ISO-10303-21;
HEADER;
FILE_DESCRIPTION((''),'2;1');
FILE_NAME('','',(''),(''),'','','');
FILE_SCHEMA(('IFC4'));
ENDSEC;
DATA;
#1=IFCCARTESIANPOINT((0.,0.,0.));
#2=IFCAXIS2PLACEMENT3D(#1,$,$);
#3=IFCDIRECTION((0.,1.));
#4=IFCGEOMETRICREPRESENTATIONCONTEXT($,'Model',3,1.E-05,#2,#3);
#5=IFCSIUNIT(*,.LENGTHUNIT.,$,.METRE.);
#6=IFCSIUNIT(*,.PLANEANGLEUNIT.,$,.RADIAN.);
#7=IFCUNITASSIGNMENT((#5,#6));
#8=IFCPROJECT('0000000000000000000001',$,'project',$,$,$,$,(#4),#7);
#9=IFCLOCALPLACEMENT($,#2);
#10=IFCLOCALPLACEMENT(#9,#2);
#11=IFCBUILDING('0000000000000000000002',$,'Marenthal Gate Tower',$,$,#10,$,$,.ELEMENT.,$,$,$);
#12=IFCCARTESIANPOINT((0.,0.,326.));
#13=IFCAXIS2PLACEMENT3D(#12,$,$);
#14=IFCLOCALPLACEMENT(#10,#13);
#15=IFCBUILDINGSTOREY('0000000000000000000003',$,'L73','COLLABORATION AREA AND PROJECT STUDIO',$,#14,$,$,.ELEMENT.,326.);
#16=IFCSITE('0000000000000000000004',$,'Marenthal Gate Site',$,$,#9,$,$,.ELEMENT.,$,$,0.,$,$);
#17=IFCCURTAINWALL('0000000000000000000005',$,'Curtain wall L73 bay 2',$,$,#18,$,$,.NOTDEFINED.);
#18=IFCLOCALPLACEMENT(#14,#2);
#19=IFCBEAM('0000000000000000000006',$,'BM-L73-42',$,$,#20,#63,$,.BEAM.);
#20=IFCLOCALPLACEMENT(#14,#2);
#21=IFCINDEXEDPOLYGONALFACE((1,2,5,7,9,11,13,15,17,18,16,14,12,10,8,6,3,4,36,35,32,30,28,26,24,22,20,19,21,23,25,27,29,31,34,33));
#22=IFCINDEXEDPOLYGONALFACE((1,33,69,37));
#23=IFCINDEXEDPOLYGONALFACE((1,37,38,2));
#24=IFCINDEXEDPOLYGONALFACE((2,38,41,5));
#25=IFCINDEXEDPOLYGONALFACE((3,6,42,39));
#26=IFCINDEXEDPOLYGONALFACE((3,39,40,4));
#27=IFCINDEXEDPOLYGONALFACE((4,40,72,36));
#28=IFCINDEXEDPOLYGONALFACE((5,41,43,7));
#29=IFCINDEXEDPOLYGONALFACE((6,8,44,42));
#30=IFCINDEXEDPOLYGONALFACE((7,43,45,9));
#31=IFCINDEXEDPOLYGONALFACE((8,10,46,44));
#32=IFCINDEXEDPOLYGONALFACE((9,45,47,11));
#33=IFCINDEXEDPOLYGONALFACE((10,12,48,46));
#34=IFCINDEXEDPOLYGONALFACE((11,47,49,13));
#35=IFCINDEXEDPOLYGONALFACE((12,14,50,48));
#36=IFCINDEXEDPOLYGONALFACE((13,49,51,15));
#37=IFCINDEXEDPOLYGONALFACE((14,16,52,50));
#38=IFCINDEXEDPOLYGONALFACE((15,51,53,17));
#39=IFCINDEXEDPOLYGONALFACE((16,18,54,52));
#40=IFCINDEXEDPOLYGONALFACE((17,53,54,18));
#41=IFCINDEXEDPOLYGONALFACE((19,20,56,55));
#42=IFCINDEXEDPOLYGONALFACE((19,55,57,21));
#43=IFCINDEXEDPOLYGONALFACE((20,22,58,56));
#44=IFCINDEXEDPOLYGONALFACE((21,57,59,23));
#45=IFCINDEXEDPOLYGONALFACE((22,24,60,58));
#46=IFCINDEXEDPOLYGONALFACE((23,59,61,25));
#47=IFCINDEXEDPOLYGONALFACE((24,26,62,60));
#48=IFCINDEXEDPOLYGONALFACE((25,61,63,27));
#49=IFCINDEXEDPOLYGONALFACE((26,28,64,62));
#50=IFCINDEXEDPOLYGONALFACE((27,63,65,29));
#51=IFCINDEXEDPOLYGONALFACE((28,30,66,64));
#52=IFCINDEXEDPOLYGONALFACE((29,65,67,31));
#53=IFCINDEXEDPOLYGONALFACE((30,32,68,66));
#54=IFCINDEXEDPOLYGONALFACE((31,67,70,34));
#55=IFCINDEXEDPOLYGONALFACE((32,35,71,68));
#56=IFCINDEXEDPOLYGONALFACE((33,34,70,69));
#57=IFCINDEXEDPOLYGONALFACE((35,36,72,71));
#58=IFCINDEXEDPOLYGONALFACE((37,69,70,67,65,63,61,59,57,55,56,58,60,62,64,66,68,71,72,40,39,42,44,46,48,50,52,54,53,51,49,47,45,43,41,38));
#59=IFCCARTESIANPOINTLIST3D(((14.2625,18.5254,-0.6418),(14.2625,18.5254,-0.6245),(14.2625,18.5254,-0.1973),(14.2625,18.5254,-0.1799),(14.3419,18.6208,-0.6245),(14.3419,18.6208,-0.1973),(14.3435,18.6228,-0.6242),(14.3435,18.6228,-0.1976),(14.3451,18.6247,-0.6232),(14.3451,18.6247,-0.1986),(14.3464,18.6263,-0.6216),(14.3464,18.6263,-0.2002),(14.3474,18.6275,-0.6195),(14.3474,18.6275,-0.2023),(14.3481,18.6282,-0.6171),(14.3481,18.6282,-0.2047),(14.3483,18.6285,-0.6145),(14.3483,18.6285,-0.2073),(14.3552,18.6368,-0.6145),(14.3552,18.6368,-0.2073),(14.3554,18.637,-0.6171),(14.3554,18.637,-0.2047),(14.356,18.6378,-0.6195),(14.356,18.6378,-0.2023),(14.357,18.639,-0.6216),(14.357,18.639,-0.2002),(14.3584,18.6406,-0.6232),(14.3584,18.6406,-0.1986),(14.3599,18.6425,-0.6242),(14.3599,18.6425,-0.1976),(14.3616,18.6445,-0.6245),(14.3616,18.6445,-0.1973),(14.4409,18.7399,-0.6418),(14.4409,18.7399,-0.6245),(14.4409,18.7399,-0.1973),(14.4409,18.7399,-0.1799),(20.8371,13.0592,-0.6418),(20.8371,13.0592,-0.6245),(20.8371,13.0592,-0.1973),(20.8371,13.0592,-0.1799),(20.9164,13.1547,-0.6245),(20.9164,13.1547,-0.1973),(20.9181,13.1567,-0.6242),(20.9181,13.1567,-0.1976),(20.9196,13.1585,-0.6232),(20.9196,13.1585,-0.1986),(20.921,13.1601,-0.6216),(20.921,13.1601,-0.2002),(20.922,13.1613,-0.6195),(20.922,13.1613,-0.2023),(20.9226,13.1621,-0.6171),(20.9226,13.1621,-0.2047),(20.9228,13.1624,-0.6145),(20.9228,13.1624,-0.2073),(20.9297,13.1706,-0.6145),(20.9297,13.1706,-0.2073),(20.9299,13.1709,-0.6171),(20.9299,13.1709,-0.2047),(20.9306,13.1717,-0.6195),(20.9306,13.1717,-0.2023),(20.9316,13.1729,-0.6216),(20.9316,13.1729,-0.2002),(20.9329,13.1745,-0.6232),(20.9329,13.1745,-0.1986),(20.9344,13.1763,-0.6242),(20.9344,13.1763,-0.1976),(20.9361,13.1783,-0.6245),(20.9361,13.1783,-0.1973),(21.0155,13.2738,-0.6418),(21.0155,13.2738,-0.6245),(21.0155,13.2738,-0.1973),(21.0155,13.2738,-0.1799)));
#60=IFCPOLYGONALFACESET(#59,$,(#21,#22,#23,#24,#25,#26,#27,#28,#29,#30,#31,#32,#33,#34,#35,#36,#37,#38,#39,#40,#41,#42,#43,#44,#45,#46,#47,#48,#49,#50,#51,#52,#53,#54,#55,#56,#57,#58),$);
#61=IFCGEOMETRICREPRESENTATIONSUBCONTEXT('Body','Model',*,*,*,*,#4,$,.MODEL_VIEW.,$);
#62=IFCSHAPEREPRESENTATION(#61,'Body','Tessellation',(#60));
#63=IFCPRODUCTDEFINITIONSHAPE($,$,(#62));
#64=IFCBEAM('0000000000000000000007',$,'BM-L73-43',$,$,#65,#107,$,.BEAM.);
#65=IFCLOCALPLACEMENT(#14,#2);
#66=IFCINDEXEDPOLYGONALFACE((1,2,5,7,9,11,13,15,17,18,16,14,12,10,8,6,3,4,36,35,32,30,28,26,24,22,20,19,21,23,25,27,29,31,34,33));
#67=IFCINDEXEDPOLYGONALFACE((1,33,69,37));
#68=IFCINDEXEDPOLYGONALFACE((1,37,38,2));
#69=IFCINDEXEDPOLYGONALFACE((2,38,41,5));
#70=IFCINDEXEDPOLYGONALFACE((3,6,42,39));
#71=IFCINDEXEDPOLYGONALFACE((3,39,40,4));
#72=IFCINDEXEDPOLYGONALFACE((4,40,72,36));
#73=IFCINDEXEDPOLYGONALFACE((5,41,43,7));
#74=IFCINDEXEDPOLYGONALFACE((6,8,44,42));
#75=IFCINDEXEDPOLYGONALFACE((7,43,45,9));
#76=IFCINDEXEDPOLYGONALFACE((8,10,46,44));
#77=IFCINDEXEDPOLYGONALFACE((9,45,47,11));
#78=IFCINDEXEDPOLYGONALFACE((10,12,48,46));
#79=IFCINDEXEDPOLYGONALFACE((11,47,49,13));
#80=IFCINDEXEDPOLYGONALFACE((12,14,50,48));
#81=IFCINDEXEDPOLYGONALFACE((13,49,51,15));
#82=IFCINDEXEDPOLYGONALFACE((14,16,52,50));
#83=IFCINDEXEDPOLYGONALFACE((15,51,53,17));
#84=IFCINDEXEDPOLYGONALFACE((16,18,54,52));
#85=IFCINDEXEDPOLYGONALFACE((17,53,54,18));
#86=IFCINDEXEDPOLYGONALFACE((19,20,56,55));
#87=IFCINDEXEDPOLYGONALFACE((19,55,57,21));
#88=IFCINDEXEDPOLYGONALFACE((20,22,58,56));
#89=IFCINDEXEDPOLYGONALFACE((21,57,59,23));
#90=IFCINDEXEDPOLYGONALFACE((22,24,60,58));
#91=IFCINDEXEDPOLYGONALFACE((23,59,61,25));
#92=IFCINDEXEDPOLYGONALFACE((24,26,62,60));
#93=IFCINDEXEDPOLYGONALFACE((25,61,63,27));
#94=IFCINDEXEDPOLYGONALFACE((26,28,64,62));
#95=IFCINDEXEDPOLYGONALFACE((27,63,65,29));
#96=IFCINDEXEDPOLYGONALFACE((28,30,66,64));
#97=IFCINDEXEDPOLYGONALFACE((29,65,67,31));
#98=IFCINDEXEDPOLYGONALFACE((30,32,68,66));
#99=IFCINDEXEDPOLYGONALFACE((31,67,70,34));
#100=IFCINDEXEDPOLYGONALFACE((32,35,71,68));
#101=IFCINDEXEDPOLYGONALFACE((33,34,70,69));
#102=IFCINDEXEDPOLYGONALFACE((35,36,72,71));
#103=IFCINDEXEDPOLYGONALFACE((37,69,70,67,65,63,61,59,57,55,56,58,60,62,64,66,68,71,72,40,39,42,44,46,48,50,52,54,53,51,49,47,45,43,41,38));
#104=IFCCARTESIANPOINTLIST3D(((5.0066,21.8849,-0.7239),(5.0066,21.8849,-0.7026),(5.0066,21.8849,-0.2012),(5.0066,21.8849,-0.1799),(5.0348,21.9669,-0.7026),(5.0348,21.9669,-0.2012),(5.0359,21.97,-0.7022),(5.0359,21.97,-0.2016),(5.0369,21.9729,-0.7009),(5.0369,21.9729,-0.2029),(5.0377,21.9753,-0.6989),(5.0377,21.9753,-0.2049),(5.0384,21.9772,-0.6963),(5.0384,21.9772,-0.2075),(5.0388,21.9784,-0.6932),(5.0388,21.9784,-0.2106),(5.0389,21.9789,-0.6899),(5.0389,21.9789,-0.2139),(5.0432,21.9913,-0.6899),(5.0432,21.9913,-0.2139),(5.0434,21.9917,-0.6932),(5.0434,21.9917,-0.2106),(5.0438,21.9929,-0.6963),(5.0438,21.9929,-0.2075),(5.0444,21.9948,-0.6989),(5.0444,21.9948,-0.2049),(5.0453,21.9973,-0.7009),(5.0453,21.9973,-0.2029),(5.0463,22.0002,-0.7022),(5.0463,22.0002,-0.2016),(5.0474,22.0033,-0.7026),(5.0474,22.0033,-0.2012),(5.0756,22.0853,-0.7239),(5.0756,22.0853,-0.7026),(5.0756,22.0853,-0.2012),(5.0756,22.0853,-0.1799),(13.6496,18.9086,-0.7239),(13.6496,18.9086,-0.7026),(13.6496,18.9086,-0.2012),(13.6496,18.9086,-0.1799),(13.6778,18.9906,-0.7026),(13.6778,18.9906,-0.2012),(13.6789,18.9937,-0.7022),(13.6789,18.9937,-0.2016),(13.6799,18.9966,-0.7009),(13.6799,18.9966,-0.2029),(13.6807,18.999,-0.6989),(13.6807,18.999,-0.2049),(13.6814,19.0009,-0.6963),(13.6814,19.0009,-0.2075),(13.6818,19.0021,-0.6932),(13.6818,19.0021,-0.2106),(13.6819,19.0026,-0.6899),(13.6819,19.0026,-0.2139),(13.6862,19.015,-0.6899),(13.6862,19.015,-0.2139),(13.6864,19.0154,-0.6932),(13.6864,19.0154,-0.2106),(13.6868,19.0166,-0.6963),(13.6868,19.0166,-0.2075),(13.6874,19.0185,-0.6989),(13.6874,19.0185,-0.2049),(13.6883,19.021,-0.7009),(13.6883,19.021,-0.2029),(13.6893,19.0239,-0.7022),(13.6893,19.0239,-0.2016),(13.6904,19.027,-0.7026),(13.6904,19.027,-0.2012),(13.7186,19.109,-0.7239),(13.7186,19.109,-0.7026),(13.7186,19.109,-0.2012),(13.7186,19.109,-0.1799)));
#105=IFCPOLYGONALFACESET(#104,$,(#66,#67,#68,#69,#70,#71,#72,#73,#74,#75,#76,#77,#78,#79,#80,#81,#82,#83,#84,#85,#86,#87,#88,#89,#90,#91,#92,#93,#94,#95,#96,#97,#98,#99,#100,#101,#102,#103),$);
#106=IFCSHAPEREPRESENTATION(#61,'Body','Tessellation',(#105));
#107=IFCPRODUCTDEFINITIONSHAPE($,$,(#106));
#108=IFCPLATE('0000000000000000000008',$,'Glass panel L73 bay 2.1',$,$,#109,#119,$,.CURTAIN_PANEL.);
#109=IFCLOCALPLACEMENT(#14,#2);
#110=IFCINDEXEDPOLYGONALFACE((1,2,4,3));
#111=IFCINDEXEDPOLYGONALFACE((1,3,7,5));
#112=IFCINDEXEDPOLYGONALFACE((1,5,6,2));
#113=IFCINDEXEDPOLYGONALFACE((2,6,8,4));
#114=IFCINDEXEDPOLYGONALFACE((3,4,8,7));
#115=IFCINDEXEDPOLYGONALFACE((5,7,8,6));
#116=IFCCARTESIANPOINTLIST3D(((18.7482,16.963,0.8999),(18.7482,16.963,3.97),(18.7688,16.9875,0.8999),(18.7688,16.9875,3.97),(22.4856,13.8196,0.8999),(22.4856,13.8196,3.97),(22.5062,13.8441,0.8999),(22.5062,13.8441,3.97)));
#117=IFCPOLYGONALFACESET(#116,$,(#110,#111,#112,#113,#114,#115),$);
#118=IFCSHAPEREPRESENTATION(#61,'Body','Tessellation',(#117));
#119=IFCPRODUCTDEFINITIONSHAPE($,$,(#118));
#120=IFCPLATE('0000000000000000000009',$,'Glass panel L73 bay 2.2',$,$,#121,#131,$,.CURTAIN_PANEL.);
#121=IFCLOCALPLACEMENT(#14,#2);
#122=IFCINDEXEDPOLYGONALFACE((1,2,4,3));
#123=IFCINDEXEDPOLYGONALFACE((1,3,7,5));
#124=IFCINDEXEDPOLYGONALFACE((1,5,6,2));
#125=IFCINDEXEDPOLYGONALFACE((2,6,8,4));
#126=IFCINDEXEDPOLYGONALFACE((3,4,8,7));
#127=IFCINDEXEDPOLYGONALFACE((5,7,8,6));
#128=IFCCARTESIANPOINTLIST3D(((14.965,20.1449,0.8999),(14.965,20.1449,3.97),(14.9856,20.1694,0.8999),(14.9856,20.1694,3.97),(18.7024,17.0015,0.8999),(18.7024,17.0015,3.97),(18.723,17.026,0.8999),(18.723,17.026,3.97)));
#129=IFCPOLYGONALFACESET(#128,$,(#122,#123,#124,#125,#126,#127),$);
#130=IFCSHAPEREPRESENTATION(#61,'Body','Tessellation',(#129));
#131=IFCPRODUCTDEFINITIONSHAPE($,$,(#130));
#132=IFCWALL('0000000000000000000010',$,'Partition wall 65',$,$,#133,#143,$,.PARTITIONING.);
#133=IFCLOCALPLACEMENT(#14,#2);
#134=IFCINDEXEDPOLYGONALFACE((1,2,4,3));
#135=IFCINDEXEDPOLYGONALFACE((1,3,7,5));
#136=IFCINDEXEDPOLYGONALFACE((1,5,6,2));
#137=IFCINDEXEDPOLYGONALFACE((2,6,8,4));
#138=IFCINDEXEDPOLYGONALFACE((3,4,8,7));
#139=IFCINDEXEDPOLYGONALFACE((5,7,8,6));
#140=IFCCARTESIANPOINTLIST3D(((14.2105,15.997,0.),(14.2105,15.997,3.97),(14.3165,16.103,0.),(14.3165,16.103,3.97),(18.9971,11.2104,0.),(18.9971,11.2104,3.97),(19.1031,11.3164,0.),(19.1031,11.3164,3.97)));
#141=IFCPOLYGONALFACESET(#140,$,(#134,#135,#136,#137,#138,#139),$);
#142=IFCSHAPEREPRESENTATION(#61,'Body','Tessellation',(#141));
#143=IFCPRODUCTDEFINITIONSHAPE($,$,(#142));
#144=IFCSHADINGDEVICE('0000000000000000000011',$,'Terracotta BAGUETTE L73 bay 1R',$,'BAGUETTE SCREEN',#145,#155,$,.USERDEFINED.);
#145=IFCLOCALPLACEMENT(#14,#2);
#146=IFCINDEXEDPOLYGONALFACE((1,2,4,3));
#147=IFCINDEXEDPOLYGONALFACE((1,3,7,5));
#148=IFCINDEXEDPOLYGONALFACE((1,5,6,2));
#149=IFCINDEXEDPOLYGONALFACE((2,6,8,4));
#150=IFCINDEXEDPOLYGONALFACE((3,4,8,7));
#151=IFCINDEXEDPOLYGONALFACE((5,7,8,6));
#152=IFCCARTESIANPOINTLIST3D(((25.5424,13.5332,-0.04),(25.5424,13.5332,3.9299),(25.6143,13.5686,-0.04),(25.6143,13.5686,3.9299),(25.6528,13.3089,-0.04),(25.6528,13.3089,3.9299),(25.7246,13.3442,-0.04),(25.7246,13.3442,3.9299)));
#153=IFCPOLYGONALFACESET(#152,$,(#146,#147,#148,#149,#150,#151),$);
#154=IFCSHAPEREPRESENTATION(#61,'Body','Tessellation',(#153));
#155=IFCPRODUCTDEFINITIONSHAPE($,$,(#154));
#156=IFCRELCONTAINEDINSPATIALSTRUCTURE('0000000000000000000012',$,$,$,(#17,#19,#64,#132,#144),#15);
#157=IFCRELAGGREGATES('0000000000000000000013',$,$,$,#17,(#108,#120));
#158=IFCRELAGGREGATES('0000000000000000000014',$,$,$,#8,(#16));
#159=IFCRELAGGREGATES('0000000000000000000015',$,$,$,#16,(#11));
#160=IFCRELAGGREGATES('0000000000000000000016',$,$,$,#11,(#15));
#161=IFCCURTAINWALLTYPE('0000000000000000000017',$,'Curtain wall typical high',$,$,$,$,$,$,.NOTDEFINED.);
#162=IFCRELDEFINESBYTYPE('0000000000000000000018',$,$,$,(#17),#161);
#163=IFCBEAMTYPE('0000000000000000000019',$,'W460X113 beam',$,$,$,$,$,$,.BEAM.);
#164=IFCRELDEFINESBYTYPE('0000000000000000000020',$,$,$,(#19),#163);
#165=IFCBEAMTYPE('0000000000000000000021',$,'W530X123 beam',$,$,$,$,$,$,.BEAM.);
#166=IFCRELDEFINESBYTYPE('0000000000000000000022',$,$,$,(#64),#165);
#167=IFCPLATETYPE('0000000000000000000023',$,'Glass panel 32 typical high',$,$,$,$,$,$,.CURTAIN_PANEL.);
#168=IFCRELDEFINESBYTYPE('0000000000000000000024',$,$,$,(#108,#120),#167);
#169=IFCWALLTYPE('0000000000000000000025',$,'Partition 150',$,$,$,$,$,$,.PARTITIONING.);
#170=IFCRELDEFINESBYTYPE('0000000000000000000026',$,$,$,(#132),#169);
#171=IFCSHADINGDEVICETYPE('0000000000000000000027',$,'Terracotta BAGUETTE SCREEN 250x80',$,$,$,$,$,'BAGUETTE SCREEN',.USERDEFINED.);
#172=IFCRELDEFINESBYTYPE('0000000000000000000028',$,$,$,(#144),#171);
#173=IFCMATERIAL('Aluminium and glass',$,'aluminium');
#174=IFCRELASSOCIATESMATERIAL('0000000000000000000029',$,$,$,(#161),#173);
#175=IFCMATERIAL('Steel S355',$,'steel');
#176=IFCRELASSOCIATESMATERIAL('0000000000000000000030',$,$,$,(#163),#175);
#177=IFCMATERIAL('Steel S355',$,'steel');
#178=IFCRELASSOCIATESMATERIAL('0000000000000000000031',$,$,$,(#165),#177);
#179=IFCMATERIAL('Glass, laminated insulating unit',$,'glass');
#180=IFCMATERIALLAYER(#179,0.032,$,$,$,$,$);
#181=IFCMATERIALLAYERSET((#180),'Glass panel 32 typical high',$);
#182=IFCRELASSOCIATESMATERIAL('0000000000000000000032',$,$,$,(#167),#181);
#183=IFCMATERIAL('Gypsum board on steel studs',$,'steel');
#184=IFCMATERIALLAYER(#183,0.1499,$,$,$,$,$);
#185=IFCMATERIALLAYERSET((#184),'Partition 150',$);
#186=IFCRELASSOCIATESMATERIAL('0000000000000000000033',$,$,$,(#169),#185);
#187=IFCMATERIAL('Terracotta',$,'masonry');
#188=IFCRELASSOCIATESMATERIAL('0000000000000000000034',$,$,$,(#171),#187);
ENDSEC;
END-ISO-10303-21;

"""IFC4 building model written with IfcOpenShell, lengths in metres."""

from ifc_helpers import new_model, si_unit, direction, frame, frame_2d, origin, origin_2d, place, context, subcontext, project, spatial, rectangle, i_section, extrude, material, layer, layer_set, material_profile, profile_set, type_object, element, aggregate, save


model = new_model("IFC4")

# Units and contexts
model_context = context("Model", 3, precision=1e-05, world=origin(), true_north=direction((0.0, 1.0)))
body_context = subcontext(model_context, "Body", "Model", "MODEL_VIEW")
ifc_project = project(units=[si_unit("LENGTHUNIT", "METRE"), si_unit("PLANEANGLEUNIT", "RADIAN")], contexts=[model_context])

# Site, building, storey
site_placement = place(None, origin())
site = spatial("IfcSite", under=ifc_project, at=site_placement, Name="Marenthal Gate Site", CompositionType="ELEMENT", RefElevation=0.0)
building_placement = place(site_placement, origin())
building = spatial("IfcBuilding", under=site, at=building_placement, Name="Marenthal Gate Tower", CompositionType="ELEMENT")
storey_placement = place(building_placement, frame((0.0, 0.0, 326.0)))
storey = spatial("IfcBuildingStorey", under=building, at=storey_placement, Name="L73", Description="COLLABORATION AREA AND PROJECT STUDIO", CompositionType="ELEMENT", Elevation=326.0)

# Curtain wall
ifc_material_1 = material(Name="Aluminium and glass", Category="aluminium")
curtain_wall_type = type_object("IfcCurtainWallType", Name="Curtain wall typical high", PredefinedType="NOTDEFINED", material=ifc_material_1)
curtain_wall_placement = place(storey_placement, origin())
curtain_wall = element("IfcCurtainWall", 1, at=curtain_wall_placement, inside=storey, type_object=curtain_wall_type, Name="Curtain wall L73 bay 2", PredefinedType="NOTDEFINED")

# Beams
ifc_material_2 = material(Name="Steel S355", Category="steel")
ifc_material_profile_1 = material_profile(ifc_material_2, i_section(OverallWidth=0.2791, OverallDepth=0.4619, WebThickness=0.0107, FlangeThickness=0.0173, FilletRadius=0.01, at=origin_2d()), Name="W460X113")
ifc_profile_set_1 = profile_set([ifc_material_profile_1], Name="Steel S355")
beam_type_1 = type_object("IfcBeamType", Name="W460X113 beam", PredefinedType="BEAM", material=ifc_profile_set_1)
beam_1_placement = place(storey_placement, frame((20.9263, 13.1665, -0.4109), z_axis=(-0.768949, 0.63931, 0.0), x_axis=(-0.63931, -0.768949, 0.0)))
element("IfcBeam", 2, at=beam_1_placement, inside=storey, type_object=beam_type_1, Name="BM-L73-42", PredefinedType="BEAM", context=body_context, shape_type="SweptSolid", body=[
    extrude(i_section(OverallWidth=0.2791, OverallDepth=0.4619, WebThickness=0.0107, FlangeThickness=0.0173, FilletRadius=0.01, at=origin_2d()), origin(), (0.0, 0.0, 1.0), 8.55),
])
ifc_material_3 = material(Name="Steel S355", Category="steel")
ifc_material_profile_2 = material_profile(ifc_material_3, i_section(OverallWidth=0.2119, OverallDepth=0.5439, WebThickness=0.0132, FlangeThickness=0.0212, FilletRadius=0.0127, at=origin_2d()), Name="W530X123")
ifc_profile_set_2 = profile_set([ifc_material_profile_2], Name="Steel S355")
beam_type_2 = type_object("IfcBeamType", Name="W530X123 beam", PredefinedType="BEAM", material=ifc_profile_set_2)
beam_2_placement = place(storey_placement, frame((13.6841, 19.0088, -0.4519), z_axis=(-0.945509, 0.325595, 0.0), x_axis=(-0.325595, -0.945509, 0.0)))
element("IfcBeam", 3, at=beam_2_placement, inside=storey, type_object=beam_type_2, Name="BM-L73-43", PredefinedType="BEAM", context=body_context, shape_type="SweptSolid", body=[
    extrude(i_section(OverallWidth=0.2119, OverallDepth=0.5439, WebThickness=0.0132, FlangeThickness=0.0212, FilletRadius=0.0127, at=origin_2d()), origin(), (0.0, 0.0, 1.0), 9.1411),
])

# Plates
ifc_material_4 = material(Name="Glass, laminated insulating unit", Category="glass")
ifc_layer_1 = layer(ifc_material_4, 0.032)
ifc_layer_set_1 = layer_set([ifc_layer_1], Name="Glass panel 32 typical high")
plate_type = type_object("IfcPlateType", Name="Glass panel 32 typical high", PredefinedType="CURTAIN_PANEL", material=ifc_layer_set_1)
plate_1_placement = place(storey_placement, frame((20.6272, 15.4036, 0.8999), z_axis=(0.0, 0.0, 1.0), x_axis=(-0.765298, 0.643676, 0.0)))
plate_1 = element("IfcPlate", 4, at=plate_1_placement, type_object=plate_type, Name="Glass panel L73 bay 2.1", PredefinedType="CURTAIN_PANEL", context=body_context, shape_type="SweptSolid", body=[
    extrude(rectangle(XDim=4.8835, YDim=0.032, at=origin_2d()), origin(), (0.0, 0.0, 1.0), 3.0701),
])
plate_2_placement = place(storey_placement, frame((16.844, 18.5854, 0.8999), z_axis=(0.0, 0.0, 1.0), x_axis=(-0.765298, 0.643676, 0.0)))
plate_2 = element("IfcPlate", 5, at=plate_2_placement, type_object=plate_type, Name="Glass panel L73 bay 2.2", PredefinedType="CURTAIN_PANEL", context=body_context, shape_type="SweptSolid", body=[
    extrude(rectangle(XDim=4.8835, YDim=0.032, at=origin_2d()), origin(), (0.0, 0.0, 1.0), 3.0701),
])
aggregate(curtain_wall, [plate_1, plate_2])

# Wall
ifc_material_5 = material(Name="Gypsum board on steel studs", Category="steel")
ifc_layer_2 = layer(ifc_material_5, 0.1499)
ifc_layer_set_2 = layer_set([ifc_layer_2], Name="Partition 150")
wall_type_1 = type_object("IfcWallType", Name="Partition 150", PredefinedType="PARTITIONING", material=ifc_layer_set_2)
wall_1_placement = place(storey_placement, frame((14.2634, 16.05, 0.0), z_axis=(0.0, 0.0, 1.0), x_axis=(0.707107, -0.707107, 0.0)))
element("IfcWall", 6, at=wall_1_placement, inside=storey, type_object=wall_type_1, Name="Partition wall 65", PredefinedType="PARTITIONING", context=body_context, shape_type="SweptSolid", body=[
    extrude(rectangle(XDim=6.7693, YDim=0.1499, at=frame_2d((3.3848, 0.0))), origin(), (0.0, 0.0, 1.0), 3.97),
])

# Shading device
ifc_material_6 = material(Name="Terracotta", Category="masonry")
ifc_material_profile_3 = material_profile(ifc_material_6, rectangle(XDim=0.25, YDim=0.0801, at=origin_2d()), Name="Terracotta baguette 250x80")
ifc_profile_set_3 = profile_set([ifc_material_profile_3], Name="Terracotta")
shading_device_type = type_object("IfcShadingDeviceType", Name="Terracotta BAGUETTE SCREEN 250x80", ElementType="BAGUETTE SCREEN", PredefinedType="USERDEFINED", material=ifc_profile_set_3)
shading_device_placement = place(storey_placement, frame((25.6335, 13.4387, -0.04), z_axis=(0.0, 0.0, 1.0), x_axis=(-0.441395, 0.897313, 0.0)))
element("IfcShadingDevice", 7, at=shading_device_placement, inside=storey, type_object=shading_device_type, Name="Terracotta BAGUETTE L73 bay 1R", ObjectType="BAGUETTE SCREEN", PredefinedType="USERDEFINED", context=body_context, shape_type="SweptSolid", body=[
    extrude(rectangle(XDim=0.25, YDim=0.0801, at=origin_2d()), origin(), (0.0, 0.0, 1.0), 3.97),
])

save(model, "model.ifc")
